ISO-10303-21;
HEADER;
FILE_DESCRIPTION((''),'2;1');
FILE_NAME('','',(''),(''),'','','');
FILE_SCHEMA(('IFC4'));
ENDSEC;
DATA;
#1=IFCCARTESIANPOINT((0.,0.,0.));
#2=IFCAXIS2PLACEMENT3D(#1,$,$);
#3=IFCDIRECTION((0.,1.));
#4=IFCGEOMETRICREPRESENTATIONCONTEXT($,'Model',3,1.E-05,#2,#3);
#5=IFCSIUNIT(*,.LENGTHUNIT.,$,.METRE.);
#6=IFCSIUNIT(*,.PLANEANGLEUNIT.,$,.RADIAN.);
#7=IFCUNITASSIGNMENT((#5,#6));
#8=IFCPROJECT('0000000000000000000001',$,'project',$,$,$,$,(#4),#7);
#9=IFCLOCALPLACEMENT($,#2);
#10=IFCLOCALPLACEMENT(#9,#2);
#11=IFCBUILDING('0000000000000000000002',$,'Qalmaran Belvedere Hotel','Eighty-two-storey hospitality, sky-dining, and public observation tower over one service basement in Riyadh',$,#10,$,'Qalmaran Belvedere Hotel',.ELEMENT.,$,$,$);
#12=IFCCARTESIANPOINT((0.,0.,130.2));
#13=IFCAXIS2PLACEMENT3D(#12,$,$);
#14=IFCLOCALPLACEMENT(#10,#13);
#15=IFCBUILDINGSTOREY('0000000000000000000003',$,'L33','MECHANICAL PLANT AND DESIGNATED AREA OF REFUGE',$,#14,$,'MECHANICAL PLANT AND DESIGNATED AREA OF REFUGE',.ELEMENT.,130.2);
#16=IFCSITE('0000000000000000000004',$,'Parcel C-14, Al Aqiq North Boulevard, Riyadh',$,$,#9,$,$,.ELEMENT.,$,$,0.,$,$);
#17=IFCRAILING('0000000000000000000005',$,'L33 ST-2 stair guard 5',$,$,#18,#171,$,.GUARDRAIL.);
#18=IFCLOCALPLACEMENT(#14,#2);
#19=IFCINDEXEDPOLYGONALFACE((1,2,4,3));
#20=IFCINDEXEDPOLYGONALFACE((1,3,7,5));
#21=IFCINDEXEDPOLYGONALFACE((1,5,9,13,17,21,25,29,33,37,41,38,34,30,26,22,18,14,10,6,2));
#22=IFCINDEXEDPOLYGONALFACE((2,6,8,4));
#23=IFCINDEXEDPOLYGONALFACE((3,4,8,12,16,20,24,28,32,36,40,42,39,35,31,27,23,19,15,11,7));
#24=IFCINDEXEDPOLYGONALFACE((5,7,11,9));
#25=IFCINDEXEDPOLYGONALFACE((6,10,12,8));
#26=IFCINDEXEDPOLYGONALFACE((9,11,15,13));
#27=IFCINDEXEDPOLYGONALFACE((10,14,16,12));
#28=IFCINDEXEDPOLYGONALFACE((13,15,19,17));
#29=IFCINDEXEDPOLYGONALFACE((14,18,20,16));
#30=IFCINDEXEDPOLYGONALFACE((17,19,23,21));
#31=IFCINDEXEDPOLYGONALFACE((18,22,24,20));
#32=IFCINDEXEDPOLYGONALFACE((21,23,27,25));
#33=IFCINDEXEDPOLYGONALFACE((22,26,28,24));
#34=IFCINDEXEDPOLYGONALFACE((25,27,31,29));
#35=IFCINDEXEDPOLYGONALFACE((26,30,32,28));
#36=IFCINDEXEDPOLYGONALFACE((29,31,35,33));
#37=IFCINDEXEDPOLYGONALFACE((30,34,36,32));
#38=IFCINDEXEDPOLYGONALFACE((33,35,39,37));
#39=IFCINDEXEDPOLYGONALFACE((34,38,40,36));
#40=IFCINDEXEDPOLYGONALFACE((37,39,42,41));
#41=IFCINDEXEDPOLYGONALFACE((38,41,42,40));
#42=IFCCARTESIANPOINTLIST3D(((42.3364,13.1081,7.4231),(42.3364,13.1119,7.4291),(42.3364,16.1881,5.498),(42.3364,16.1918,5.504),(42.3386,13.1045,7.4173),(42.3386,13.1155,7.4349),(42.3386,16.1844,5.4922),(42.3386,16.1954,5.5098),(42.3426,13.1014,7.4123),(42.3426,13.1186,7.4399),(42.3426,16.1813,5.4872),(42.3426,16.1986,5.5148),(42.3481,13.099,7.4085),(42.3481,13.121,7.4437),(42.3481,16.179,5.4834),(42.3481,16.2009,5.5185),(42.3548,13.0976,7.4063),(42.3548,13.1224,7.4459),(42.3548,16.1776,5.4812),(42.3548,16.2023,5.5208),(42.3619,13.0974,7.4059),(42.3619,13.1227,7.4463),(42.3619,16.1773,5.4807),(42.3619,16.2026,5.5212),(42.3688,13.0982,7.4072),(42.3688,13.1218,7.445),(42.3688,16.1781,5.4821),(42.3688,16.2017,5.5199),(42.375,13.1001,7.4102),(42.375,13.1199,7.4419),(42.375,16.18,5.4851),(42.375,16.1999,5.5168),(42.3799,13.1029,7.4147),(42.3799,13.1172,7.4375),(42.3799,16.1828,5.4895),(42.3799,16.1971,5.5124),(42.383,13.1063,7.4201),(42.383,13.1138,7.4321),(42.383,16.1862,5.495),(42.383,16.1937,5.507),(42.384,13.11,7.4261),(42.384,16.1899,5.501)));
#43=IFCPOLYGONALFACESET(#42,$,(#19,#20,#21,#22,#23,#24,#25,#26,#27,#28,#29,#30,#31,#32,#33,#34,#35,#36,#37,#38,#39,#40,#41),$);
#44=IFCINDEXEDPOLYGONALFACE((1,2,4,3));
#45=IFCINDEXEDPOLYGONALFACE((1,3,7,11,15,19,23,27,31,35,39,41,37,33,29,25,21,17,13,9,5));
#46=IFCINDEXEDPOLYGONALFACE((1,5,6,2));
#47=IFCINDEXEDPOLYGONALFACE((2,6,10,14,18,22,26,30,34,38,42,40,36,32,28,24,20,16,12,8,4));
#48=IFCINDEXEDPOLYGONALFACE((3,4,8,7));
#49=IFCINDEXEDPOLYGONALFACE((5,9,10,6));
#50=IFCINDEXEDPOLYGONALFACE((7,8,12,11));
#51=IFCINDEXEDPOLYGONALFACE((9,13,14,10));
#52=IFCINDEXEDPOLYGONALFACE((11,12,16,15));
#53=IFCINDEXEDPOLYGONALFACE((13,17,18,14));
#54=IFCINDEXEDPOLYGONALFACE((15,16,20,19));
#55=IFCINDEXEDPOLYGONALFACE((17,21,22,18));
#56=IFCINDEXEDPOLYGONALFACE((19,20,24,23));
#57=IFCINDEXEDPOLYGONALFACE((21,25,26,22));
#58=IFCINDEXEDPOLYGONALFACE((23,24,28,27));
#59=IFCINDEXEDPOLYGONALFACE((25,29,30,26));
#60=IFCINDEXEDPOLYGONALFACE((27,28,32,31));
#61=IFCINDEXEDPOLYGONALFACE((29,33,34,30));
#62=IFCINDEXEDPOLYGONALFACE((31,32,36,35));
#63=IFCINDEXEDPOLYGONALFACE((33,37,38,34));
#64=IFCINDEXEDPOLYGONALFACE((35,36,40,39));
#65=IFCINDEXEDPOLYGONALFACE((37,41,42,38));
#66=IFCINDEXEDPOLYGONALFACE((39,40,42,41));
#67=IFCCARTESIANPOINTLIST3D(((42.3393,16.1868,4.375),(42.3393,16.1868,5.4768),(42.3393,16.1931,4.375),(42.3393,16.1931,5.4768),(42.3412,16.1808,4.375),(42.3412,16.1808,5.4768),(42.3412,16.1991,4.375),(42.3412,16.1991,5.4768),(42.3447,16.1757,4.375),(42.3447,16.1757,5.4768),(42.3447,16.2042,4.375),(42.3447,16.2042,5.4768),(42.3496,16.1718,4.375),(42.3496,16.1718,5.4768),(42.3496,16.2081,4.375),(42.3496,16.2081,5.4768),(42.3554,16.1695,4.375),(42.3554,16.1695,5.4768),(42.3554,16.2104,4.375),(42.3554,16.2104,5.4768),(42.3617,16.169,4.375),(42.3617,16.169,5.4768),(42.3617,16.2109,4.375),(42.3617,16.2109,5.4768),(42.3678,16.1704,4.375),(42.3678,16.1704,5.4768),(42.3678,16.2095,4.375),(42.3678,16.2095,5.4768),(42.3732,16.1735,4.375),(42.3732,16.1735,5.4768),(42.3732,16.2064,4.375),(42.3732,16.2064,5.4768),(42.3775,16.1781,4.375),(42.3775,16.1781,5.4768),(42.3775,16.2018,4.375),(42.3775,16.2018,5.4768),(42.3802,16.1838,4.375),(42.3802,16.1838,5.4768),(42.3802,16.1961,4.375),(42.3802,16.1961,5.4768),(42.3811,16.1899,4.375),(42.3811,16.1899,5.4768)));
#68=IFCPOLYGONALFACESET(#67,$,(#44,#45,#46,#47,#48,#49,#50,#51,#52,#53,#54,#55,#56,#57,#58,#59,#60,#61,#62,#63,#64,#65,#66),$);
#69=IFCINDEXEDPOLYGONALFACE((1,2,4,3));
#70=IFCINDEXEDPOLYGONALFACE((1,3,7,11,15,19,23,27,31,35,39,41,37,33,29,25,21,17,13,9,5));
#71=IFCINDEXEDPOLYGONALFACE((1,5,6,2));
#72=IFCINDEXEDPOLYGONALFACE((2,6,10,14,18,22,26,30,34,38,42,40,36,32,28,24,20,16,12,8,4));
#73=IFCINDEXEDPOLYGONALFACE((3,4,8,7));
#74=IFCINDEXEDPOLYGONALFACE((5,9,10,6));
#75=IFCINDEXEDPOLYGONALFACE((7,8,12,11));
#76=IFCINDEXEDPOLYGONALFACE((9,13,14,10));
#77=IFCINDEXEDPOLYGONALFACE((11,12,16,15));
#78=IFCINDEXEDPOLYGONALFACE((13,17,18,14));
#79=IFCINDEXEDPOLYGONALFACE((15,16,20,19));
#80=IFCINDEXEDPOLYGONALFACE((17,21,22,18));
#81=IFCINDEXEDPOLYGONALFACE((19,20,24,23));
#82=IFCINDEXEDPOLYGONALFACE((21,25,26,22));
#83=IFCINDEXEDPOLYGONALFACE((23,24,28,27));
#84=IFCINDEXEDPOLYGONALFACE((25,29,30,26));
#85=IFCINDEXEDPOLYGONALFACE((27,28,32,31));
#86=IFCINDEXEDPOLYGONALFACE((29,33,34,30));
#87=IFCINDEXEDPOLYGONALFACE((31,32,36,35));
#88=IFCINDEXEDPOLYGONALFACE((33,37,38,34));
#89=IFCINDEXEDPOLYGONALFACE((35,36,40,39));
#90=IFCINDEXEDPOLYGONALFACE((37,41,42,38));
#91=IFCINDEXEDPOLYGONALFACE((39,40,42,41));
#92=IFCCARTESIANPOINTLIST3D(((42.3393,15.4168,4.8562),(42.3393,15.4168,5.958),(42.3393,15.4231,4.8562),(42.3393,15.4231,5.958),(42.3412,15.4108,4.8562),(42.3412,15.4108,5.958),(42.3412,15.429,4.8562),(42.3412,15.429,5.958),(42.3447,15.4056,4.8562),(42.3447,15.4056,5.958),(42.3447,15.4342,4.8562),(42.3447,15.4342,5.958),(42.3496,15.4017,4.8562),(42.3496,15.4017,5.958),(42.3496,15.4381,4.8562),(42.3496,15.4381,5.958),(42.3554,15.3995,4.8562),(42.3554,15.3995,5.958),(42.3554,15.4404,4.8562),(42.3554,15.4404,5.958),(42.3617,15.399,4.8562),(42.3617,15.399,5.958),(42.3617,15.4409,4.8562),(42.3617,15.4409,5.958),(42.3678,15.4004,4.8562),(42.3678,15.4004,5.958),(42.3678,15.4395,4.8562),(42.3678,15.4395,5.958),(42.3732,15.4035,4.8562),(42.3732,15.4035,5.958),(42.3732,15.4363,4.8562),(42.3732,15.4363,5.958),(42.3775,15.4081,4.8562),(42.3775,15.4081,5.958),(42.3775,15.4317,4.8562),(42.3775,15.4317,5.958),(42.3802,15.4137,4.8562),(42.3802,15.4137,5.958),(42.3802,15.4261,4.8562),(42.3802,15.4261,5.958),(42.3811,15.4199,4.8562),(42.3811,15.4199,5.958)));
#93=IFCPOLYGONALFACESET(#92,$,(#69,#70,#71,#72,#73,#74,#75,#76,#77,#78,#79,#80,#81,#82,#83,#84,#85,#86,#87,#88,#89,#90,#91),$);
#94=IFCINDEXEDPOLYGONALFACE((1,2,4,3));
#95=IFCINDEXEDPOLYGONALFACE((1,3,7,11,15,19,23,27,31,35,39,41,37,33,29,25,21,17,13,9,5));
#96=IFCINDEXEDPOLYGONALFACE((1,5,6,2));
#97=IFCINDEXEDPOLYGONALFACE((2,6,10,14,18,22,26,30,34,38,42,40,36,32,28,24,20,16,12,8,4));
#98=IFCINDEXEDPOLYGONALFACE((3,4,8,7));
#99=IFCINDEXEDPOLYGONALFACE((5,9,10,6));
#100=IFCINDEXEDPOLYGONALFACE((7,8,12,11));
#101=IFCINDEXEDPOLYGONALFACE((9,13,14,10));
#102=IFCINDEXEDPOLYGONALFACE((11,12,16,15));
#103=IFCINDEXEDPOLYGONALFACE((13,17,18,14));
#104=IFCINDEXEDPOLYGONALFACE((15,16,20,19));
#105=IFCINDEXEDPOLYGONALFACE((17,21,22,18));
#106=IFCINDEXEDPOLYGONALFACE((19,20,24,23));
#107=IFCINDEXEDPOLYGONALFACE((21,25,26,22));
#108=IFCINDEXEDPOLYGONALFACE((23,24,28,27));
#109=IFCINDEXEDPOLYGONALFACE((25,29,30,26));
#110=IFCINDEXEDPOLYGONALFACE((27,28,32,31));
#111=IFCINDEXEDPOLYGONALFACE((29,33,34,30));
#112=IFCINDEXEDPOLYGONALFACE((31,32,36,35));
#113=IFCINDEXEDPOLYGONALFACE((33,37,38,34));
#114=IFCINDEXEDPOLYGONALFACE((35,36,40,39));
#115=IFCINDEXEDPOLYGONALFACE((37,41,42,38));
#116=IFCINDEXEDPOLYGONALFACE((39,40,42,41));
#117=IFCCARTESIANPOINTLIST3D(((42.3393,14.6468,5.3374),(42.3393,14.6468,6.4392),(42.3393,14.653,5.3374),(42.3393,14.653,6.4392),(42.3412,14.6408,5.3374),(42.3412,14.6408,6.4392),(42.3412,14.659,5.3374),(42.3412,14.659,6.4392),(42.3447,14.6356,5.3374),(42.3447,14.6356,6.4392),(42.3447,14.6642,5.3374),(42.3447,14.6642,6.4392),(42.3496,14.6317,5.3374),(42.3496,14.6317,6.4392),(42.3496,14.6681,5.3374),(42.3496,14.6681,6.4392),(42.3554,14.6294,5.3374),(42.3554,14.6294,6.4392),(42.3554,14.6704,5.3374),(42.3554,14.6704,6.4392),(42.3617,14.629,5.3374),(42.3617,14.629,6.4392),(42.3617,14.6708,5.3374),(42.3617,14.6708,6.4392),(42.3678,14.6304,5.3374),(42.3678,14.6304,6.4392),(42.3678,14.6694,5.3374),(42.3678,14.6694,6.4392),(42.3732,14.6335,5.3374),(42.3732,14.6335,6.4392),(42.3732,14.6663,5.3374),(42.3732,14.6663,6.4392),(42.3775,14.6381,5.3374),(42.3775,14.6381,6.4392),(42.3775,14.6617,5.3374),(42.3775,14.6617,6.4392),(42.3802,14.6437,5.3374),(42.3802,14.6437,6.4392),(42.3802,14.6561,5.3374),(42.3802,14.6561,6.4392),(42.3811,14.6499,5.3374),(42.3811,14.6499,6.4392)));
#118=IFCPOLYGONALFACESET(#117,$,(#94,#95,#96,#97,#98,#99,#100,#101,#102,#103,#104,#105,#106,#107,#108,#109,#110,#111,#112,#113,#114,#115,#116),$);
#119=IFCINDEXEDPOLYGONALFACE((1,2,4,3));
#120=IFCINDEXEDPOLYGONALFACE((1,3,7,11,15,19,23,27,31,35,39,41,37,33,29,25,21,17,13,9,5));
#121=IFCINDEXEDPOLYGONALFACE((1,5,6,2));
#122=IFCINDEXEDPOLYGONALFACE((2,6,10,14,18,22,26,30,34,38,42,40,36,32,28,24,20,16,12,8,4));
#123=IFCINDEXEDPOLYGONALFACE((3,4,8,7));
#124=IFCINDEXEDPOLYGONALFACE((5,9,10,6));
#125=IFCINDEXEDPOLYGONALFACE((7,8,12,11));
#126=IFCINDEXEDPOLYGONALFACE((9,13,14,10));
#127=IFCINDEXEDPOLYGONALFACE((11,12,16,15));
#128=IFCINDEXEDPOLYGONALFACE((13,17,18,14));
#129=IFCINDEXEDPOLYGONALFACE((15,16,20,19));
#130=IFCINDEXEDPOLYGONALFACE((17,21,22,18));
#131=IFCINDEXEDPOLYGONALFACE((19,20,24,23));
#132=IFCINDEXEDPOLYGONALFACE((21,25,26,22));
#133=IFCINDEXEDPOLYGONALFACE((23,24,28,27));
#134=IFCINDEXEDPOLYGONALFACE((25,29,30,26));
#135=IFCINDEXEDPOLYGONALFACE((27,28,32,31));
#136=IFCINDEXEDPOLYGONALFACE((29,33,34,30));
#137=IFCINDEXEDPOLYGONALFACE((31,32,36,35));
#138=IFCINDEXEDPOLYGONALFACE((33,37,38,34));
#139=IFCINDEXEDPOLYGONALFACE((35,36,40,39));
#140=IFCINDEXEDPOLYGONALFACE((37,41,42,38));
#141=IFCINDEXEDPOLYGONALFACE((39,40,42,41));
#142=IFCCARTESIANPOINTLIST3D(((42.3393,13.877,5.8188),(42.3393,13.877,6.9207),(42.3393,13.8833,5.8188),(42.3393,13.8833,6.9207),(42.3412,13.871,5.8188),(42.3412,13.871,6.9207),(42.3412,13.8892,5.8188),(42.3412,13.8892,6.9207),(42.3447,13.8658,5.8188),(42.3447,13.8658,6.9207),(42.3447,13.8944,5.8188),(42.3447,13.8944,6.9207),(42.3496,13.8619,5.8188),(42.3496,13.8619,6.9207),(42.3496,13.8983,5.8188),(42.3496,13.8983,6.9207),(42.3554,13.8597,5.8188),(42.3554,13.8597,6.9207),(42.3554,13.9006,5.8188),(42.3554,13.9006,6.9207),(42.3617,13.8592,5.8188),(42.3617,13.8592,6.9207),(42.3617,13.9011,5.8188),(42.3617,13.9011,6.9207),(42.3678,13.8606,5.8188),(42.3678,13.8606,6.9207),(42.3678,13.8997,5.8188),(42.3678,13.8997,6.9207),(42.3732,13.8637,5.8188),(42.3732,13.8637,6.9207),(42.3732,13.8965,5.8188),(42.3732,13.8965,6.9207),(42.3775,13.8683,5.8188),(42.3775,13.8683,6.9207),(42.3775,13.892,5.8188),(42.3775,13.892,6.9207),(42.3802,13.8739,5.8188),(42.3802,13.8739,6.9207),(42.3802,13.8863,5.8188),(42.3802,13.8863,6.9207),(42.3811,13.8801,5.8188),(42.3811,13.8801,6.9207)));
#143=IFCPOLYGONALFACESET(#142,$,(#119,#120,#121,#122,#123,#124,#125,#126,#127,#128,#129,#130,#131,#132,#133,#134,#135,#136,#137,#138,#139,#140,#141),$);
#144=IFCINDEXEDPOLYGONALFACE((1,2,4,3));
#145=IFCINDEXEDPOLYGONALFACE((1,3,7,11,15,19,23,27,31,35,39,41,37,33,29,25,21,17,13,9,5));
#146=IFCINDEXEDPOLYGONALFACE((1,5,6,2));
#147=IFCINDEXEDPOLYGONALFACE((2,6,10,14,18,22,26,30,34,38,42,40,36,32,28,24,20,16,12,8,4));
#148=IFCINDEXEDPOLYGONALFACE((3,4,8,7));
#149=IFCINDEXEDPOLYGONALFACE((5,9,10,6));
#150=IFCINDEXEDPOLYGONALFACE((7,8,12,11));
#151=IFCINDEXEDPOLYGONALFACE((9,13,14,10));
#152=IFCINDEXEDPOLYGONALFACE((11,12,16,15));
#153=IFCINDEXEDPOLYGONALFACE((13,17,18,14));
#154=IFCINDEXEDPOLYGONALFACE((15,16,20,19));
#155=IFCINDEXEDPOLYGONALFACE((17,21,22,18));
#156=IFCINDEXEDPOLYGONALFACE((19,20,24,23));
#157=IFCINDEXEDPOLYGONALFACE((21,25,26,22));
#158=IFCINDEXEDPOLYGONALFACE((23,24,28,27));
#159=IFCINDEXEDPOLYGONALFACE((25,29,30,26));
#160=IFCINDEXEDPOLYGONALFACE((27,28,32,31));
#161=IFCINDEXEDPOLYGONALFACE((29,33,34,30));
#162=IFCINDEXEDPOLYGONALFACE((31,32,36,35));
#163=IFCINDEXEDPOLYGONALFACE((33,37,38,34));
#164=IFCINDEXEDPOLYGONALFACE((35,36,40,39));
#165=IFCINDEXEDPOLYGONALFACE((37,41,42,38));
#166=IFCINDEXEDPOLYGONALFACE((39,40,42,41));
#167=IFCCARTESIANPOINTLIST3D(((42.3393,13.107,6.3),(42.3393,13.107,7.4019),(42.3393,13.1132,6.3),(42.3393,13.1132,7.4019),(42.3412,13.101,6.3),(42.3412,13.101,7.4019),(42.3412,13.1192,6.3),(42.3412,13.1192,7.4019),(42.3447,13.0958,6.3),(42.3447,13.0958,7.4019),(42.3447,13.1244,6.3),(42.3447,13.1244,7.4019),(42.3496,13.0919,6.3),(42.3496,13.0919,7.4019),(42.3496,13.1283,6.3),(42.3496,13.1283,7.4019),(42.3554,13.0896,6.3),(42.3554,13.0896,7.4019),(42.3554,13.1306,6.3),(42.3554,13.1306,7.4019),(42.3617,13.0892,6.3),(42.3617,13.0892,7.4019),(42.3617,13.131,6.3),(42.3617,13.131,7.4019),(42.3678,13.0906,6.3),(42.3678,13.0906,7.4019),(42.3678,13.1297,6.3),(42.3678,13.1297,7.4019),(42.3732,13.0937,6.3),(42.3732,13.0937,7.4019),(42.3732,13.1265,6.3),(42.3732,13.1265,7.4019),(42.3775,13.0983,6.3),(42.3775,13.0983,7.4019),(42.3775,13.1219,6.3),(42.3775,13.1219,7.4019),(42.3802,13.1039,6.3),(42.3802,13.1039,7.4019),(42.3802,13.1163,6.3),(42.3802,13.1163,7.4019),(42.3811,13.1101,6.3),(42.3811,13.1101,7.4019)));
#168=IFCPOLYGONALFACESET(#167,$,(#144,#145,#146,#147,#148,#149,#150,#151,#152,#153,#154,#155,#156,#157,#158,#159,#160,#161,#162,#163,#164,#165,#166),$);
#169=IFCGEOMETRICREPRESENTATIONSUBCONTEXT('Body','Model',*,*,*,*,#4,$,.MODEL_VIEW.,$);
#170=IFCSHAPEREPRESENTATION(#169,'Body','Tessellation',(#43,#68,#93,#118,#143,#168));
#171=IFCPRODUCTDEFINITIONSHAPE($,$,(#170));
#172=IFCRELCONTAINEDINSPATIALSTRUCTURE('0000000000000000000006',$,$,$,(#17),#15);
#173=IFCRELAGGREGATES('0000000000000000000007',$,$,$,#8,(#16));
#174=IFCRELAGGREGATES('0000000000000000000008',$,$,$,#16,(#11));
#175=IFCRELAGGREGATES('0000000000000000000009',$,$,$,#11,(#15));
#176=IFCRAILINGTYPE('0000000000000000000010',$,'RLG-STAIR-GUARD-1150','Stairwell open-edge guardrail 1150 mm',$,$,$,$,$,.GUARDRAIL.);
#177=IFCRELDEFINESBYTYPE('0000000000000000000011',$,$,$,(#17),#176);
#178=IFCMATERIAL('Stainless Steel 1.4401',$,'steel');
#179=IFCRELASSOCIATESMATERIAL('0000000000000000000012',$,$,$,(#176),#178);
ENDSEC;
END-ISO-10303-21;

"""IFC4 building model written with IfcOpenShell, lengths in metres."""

from ifc_helpers import new_model, si_unit, direction, frame, origin, origin_2d, place, context, subcontext, project, spatial, circle, extrude, material, type_object, element, save


model = new_model("IFC4")

# Units and contexts
model_context = context("Model", 3, precision=1e-05, world=origin(), true_north=direction((0.0, 1.0)))
body_context = subcontext(model_context, "Body", "Model", "MODEL_VIEW")
ifc_project = project(units=[si_unit("LENGTHUNIT", "METRE"), si_unit("PLANEANGLEUNIT", "RADIAN")], contexts=[model_context])

# Site, building, storey
site_placement = place(None, origin())
site = spatial("IfcSite", under=ifc_project, at=site_placement, Name="Parcel C-14, Al Aqiq North Boulevard, Riyadh", CompositionType="ELEMENT", RefElevation=0.0)
building_placement = place(site_placement, origin())
building = spatial("IfcBuilding", under=site, at=building_placement, Name="Qalmaran Belvedere Hotel", Description="Eighty-two-storey hospitality, sky-dining, and public observation tower over one service basement in Riyadh", LongName="Qalmaran Belvedere Hotel", CompositionType="ELEMENT")
storey_placement = place(building_placement, frame((0.0, 0.0, 130.2)))
storey = spatial("IfcBuildingStorey", under=building, at=storey_placement, Name="L33", Description="MECHANICAL PLANT AND DESIGNATED AREA OF REFUGE", LongName="MECHANICAL PLANT AND DESIGNATED AREA OF REFUGE", CompositionType="ELEMENT", Elevation=130.2)

# Railing
ifc_material_1 = material(Name="Stainless Steel 1.4401", Category="steel")
railing_type_1 = type_object("IfcRailingType", Name="RLG-STAIR-GUARD-1150", Description="Stairwell open-edge guardrail 1150 mm", PredefinedType="GUARDRAIL", material=ifc_material_1)
railing_1_placement = place(storey_placement, frame((42.3601, 16.1899, 4.375)))
element("IfcRailing", 1, at=railing_1_placement, inside=storey, type_object=railing_type_1, Name="L33 ST-2 stair guard 5", PredefinedType="GUARDRAIL", context=body_context, shape_type="SweptSolid", body=[
    extrude(circle(Radius=0.0239, at=origin_2d()), frame((0.0, 0.0, 1.126), z_axis=(0.0, -0.847979, 0.530029), x_axis=(1.0, 0.0, 0.0)), (0.0, 0.0, 1.0), 3.6321),
    extrude(circle(Radius=0.021, at=origin_2d()), origin(), (0.0, 0.0, 1.0), 1.1018),
    extrude(circle(Radius=0.021, at=origin_2d()), frame((0.0, -0.77, 0.4812)), (0.0, 0.0, 1.0), 1.1018),
    extrude(circle(Radius=0.021, at=origin_2d()), frame((0.0, -1.54, 0.9624)), (0.0, 0.0, 1.0), 1.1018),
    extrude(circle(Radius=0.021, at=origin_2d()), frame((0.0, -2.3098, 1.4438)), (0.0, 0.0, 1.0), 1.1018),
    extrude(circle(Radius=0.021, at=origin_2d()), frame((0.0, -3.0798, 1.925)), (0.0, 0.0, 1.0), 1.1018),
])

save(model, "model.ifc")
